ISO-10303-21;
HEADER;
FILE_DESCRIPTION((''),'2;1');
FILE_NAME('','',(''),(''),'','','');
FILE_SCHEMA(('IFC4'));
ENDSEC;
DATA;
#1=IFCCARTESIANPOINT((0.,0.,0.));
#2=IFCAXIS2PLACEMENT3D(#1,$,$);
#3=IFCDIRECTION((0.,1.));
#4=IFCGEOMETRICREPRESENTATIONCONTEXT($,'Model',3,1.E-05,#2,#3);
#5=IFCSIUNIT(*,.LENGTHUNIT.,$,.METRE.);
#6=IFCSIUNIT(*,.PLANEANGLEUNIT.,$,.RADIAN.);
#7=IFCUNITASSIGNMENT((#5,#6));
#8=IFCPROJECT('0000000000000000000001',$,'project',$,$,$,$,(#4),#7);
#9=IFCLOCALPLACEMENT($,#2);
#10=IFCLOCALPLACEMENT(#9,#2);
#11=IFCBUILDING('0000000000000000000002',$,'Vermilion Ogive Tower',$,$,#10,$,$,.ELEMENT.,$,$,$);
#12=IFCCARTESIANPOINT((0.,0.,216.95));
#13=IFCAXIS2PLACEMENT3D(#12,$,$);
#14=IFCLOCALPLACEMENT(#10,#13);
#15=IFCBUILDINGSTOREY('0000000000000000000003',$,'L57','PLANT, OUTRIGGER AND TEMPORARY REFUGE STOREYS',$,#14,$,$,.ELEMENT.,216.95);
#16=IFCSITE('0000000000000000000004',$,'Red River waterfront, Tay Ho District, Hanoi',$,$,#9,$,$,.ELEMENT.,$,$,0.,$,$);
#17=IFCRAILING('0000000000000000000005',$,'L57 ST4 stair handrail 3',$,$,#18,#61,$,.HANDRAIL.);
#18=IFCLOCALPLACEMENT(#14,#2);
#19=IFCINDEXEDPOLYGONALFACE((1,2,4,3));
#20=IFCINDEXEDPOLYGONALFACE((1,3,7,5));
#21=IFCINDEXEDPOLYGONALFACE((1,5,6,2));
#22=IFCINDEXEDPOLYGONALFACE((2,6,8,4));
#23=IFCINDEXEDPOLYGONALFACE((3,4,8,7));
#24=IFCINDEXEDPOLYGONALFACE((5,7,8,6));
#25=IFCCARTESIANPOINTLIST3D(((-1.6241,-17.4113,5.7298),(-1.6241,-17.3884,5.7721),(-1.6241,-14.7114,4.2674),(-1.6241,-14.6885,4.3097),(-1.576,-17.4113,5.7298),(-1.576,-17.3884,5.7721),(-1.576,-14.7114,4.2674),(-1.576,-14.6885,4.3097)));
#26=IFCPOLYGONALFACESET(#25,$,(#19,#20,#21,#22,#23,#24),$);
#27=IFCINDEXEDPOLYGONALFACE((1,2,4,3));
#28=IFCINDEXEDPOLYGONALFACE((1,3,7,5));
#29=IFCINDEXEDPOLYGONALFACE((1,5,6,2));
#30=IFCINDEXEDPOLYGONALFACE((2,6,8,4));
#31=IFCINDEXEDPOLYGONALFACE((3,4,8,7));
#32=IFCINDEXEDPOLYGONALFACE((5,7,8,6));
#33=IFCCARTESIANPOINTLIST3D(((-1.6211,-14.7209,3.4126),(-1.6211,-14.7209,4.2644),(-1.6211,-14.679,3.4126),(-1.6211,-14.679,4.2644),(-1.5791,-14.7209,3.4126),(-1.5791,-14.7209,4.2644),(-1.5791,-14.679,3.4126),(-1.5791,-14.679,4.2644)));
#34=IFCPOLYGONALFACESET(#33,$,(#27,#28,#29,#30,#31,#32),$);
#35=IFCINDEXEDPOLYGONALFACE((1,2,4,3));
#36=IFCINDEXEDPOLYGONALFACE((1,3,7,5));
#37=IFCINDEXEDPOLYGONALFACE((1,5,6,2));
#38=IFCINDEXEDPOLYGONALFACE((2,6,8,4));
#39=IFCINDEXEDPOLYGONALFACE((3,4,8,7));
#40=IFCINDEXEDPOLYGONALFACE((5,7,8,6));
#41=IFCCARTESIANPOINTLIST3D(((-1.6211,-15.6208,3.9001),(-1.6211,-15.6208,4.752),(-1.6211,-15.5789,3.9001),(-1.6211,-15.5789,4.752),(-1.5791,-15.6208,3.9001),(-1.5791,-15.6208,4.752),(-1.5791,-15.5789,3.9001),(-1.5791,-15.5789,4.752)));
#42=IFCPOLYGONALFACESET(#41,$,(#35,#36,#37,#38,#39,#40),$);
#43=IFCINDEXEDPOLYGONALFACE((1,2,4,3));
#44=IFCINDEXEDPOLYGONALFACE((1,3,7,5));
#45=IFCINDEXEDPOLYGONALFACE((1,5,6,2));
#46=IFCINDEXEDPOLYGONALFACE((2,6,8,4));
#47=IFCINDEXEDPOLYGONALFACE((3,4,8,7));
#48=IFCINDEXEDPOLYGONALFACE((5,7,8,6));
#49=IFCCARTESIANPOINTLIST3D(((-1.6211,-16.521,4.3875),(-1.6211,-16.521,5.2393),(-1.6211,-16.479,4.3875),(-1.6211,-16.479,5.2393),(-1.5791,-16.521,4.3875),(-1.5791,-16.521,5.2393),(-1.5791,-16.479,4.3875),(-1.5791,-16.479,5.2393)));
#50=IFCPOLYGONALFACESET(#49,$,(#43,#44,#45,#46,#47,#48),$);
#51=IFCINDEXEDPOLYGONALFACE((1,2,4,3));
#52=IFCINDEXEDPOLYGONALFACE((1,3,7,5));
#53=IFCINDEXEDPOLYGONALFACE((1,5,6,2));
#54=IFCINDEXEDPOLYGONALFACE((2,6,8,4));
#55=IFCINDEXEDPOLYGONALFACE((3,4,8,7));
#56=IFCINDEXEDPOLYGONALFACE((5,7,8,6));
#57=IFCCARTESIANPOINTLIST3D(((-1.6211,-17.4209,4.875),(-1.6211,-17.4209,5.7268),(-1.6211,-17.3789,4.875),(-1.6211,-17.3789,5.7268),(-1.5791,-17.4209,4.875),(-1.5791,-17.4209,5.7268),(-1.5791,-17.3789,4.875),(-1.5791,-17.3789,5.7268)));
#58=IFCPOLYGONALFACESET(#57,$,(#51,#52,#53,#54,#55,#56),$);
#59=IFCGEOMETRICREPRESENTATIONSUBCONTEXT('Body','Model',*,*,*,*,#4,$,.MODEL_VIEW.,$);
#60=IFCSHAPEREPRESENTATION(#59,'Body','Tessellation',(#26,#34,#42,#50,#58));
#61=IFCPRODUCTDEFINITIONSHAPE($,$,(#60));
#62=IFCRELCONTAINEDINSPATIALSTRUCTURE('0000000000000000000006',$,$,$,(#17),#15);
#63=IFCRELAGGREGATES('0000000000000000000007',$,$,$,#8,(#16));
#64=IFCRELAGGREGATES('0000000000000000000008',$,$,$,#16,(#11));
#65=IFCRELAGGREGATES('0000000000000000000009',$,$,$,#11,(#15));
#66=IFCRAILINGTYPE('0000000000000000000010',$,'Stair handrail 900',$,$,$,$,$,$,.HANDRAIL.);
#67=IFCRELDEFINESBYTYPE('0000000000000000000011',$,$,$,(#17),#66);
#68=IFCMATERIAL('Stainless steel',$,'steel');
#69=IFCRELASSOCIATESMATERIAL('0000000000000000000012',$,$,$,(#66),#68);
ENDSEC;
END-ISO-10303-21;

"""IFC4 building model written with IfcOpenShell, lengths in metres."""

from ifc_helpers import new_model, si_unit, direction, frame, origin, origin_2d, place, context, subcontext, project, spatial, rectangle, extrude, material, type_object, element, save


model = new_model("IFC4")

# Units and contexts
model_context = context("Model", 3, precision=1e-05, world=origin(), true_north=direction((0.0, 1.0)))
body_context = subcontext(model_context, "Body", "Model", "MODEL_VIEW")
ifc_project = project(units=[si_unit("LENGTHUNIT", "METRE"), si_unit("PLANEANGLEUNIT", "RADIAN")], contexts=[model_context])

# Site, building, storey
site_placement = place(None, origin())
site = spatial("IfcSite", under=ifc_project, at=site_placement, Name="Red River waterfront, Tay Ho District, Hanoi", CompositionType="ELEMENT", RefElevation=0.0)
building_placement = place(site_placement, origin())
building = spatial("IfcBuilding", under=site, at=building_placement, Name="Vermilion Ogive Tower", CompositionType="ELEMENT")
storey_placement = place(building_placement, frame((0.0, 0.0, 216.95)))
storey = spatial("IfcBuildingStorey", under=building, at=storey_placement, Name="L57", Description="PLANT, OUTRIGGER AND TEMPORARY REFUGE STOREYS", CompositionType="ELEMENT", Elevation=216.95)

# Railing
ifc_material_1 = material(Name="Stainless steel", Category="steel")
railing_type = type_object("IfcRailingType", Name="Stair handrail 900", PredefinedType="HANDRAIL", material=ifc_material_1)
railing_placement = place(storey_placement, frame((-1.6001, -14.7, 3.4126)))
element("IfcRailing", 1, at=railing_placement, inside=storey, type_object=railing_type, Name="L57 ST4 stair handrail 3", PredefinedType="HANDRAIL", context=body_context, shape_type="SweptSolid", body=[
    extrude(rectangle(XDim=0.0481, YDim=0.0481, at=origin_2d()), frame((0.0, 0.0, 0.876), z_axis=(0.0, -0.879302, 0.476265), x_axis=(1.0, 0.0, 0.0)), (0.0, 0.0, 1.0), 3.0706),
    extrude(rectangle(XDim=0.042, YDim=0.042, at=origin_2d()), origin(), (0.0, 0.0, 1.0), 0.8518),
    extrude(rectangle(XDim=0.042, YDim=0.042, at=origin_2d()), frame((0.0, -0.8999, 0.4875)), (0.0, 0.0, 1.0), 0.8518),
    extrude(rectangle(XDim=0.042, YDim=0.042, at=origin_2d()), frame((0.0, -1.8, 0.9749)), (0.0, 0.0, 1.0), 0.8518),
    extrude(rectangle(XDim=0.042, YDim=0.042, at=origin_2d()), frame((0.0, -2.7, 1.4624)), (0.0, 0.0, 1.0), 0.8518),
])

save(model, "model.ifc")
